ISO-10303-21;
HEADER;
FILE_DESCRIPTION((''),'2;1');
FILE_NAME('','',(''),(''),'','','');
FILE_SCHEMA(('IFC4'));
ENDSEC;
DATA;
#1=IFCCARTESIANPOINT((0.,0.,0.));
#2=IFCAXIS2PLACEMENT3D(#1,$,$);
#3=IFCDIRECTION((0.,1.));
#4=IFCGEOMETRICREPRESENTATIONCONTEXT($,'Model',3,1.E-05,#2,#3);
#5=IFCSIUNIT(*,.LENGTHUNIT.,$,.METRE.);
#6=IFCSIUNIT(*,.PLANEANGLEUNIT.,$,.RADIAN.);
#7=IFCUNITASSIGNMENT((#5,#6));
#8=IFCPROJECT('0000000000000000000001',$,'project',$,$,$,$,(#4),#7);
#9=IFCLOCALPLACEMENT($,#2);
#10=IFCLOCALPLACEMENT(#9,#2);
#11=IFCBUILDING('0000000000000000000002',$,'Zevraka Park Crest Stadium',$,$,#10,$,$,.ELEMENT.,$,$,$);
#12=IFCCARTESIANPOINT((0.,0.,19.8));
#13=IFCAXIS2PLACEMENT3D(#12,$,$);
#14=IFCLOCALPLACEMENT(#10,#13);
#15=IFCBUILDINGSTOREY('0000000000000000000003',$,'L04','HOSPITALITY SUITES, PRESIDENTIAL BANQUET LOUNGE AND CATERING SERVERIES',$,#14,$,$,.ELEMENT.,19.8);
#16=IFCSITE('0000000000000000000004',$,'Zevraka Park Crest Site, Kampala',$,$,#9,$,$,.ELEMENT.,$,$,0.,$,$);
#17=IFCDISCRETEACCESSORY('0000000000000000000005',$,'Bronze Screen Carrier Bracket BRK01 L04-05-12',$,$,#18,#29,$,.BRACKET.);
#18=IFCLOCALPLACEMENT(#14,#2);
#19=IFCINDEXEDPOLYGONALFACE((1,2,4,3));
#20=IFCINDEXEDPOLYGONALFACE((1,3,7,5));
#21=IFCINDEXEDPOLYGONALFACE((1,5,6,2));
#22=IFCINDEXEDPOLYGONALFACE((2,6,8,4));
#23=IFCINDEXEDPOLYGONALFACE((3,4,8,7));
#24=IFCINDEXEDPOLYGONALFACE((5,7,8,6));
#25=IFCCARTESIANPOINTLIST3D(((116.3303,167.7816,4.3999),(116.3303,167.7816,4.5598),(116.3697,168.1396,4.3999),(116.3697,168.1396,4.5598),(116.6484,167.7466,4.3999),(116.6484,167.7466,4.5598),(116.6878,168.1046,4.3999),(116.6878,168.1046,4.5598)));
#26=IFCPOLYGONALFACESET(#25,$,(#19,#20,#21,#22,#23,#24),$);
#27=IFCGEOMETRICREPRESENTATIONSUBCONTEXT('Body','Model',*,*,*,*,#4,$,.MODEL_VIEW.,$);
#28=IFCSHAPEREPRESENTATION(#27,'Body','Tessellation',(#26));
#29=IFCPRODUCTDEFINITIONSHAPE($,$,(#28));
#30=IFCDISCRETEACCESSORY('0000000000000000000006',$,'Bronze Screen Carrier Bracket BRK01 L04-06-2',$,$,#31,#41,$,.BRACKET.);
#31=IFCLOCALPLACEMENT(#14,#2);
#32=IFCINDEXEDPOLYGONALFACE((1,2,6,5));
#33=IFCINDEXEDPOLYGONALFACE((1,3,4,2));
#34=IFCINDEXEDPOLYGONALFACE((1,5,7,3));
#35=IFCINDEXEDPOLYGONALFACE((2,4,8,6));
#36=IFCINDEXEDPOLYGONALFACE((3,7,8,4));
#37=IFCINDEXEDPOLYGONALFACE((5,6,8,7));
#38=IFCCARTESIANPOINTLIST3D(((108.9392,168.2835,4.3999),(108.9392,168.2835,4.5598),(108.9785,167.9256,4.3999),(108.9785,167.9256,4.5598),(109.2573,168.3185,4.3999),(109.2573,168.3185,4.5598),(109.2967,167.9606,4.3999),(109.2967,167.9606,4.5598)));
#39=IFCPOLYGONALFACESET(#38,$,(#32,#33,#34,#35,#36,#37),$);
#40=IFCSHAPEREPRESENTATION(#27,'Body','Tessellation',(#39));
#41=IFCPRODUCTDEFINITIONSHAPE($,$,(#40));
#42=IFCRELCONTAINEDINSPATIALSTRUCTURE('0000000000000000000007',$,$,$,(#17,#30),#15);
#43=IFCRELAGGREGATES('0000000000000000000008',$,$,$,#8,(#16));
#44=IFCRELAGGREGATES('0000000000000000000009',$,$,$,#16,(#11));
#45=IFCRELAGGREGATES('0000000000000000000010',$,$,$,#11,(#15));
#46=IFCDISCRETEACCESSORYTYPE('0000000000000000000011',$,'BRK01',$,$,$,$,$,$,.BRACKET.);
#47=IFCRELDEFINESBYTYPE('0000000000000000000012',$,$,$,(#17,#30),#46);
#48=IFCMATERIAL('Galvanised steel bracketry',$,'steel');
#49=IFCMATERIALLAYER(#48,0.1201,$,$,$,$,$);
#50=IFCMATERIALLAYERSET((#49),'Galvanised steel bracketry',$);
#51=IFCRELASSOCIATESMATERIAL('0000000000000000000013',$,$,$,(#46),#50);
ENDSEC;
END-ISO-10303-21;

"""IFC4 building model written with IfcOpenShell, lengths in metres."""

from ifc_helpers import new_model, si_unit, direction, frame, origin, origin_2d, place, context, subcontext, project, spatial, rectangle, extrude, material, layer, layer_set, type_object, element, save


model = new_model("IFC4")

# Units and contexts
model_context = context("Model", 3, precision=1e-05, world=origin(), true_north=direction((0.0, 1.0)))
body_context = subcontext(model_context, "Body", "Model", "MODEL_VIEW")
ifc_project = project(units=[si_unit("LENGTHUNIT", "METRE"), si_unit("PLANEANGLEUNIT", "RADIAN")], contexts=[model_context])

# Site, building, storey
site_placement = place(None, origin())
site = spatial("IfcSite", under=ifc_project, at=site_placement, Name="Zevraka Park Crest Site, Kampala", CompositionType="ELEMENT", RefElevation=0.0)
building_placement = place(site_placement, origin())
building = spatial("IfcBuilding", under=site, at=building_placement, Name="Zevraka Park Crest Stadium", CompositionType="ELEMENT")
storey_placement = place(building_placement, frame((0.0, 0.0, 19.8)))
storey = spatial("IfcBuildingStorey", under=building, at=storey_placement, Name="L04", Description="HOSPITALITY SUITES, PRESIDENTIAL BANQUET LOUNGE AND CATERING SERVERIES", CompositionType="ELEMENT", Elevation=19.8)

# Discrete accessories
ifc_material_1 = material(Name="Galvanised steel bracketry", Category="steel")
ifc_layer_1 = layer(ifc_material_1, 0.1201)
ifc_layer_set_1 = layer_set([ifc_layer_1], Name="Galvanised steel bracketry")
discrete_accessory_type = type_object("IfcDiscreteAccessoryType", Name="BRK01", PredefinedType="BRACKET", material=ifc_layer_set_1)
for number, where, z_axis, x_axis, name in (
    (1, (116.509, 167.9431, 4.3999), (0.0, 0.0, 1.0), (-0.993999, 0.109387, 0.0), "Bronze Screen Carrier Bracket BRK01 L04-05-12"),
    (2, (109.1179, 168.1221, 4.3999), (0.0, 0.0, 1.0), (-0.993999, -0.109387, 0.0), "Bronze Screen Carrier Bracket BRK01 L04-06-2"),
):
    element("IfcDiscreteAccessory", number, at=place(storey_placement, frame(where, z_axis=z_axis, x_axis=x_axis)), inside=storey, type_object=discrete_accessory_type, Name=name, PredefinedType="BRACKET", context=body_context, shape_type="SweptSolid", body=[
        extrude(rectangle(XDim=0.3201, YDim=0.3601, at=origin_2d()), origin(), (0.0, 0.0, 1.0), 0.1599),
    ])

save(model, "model.ifc")
